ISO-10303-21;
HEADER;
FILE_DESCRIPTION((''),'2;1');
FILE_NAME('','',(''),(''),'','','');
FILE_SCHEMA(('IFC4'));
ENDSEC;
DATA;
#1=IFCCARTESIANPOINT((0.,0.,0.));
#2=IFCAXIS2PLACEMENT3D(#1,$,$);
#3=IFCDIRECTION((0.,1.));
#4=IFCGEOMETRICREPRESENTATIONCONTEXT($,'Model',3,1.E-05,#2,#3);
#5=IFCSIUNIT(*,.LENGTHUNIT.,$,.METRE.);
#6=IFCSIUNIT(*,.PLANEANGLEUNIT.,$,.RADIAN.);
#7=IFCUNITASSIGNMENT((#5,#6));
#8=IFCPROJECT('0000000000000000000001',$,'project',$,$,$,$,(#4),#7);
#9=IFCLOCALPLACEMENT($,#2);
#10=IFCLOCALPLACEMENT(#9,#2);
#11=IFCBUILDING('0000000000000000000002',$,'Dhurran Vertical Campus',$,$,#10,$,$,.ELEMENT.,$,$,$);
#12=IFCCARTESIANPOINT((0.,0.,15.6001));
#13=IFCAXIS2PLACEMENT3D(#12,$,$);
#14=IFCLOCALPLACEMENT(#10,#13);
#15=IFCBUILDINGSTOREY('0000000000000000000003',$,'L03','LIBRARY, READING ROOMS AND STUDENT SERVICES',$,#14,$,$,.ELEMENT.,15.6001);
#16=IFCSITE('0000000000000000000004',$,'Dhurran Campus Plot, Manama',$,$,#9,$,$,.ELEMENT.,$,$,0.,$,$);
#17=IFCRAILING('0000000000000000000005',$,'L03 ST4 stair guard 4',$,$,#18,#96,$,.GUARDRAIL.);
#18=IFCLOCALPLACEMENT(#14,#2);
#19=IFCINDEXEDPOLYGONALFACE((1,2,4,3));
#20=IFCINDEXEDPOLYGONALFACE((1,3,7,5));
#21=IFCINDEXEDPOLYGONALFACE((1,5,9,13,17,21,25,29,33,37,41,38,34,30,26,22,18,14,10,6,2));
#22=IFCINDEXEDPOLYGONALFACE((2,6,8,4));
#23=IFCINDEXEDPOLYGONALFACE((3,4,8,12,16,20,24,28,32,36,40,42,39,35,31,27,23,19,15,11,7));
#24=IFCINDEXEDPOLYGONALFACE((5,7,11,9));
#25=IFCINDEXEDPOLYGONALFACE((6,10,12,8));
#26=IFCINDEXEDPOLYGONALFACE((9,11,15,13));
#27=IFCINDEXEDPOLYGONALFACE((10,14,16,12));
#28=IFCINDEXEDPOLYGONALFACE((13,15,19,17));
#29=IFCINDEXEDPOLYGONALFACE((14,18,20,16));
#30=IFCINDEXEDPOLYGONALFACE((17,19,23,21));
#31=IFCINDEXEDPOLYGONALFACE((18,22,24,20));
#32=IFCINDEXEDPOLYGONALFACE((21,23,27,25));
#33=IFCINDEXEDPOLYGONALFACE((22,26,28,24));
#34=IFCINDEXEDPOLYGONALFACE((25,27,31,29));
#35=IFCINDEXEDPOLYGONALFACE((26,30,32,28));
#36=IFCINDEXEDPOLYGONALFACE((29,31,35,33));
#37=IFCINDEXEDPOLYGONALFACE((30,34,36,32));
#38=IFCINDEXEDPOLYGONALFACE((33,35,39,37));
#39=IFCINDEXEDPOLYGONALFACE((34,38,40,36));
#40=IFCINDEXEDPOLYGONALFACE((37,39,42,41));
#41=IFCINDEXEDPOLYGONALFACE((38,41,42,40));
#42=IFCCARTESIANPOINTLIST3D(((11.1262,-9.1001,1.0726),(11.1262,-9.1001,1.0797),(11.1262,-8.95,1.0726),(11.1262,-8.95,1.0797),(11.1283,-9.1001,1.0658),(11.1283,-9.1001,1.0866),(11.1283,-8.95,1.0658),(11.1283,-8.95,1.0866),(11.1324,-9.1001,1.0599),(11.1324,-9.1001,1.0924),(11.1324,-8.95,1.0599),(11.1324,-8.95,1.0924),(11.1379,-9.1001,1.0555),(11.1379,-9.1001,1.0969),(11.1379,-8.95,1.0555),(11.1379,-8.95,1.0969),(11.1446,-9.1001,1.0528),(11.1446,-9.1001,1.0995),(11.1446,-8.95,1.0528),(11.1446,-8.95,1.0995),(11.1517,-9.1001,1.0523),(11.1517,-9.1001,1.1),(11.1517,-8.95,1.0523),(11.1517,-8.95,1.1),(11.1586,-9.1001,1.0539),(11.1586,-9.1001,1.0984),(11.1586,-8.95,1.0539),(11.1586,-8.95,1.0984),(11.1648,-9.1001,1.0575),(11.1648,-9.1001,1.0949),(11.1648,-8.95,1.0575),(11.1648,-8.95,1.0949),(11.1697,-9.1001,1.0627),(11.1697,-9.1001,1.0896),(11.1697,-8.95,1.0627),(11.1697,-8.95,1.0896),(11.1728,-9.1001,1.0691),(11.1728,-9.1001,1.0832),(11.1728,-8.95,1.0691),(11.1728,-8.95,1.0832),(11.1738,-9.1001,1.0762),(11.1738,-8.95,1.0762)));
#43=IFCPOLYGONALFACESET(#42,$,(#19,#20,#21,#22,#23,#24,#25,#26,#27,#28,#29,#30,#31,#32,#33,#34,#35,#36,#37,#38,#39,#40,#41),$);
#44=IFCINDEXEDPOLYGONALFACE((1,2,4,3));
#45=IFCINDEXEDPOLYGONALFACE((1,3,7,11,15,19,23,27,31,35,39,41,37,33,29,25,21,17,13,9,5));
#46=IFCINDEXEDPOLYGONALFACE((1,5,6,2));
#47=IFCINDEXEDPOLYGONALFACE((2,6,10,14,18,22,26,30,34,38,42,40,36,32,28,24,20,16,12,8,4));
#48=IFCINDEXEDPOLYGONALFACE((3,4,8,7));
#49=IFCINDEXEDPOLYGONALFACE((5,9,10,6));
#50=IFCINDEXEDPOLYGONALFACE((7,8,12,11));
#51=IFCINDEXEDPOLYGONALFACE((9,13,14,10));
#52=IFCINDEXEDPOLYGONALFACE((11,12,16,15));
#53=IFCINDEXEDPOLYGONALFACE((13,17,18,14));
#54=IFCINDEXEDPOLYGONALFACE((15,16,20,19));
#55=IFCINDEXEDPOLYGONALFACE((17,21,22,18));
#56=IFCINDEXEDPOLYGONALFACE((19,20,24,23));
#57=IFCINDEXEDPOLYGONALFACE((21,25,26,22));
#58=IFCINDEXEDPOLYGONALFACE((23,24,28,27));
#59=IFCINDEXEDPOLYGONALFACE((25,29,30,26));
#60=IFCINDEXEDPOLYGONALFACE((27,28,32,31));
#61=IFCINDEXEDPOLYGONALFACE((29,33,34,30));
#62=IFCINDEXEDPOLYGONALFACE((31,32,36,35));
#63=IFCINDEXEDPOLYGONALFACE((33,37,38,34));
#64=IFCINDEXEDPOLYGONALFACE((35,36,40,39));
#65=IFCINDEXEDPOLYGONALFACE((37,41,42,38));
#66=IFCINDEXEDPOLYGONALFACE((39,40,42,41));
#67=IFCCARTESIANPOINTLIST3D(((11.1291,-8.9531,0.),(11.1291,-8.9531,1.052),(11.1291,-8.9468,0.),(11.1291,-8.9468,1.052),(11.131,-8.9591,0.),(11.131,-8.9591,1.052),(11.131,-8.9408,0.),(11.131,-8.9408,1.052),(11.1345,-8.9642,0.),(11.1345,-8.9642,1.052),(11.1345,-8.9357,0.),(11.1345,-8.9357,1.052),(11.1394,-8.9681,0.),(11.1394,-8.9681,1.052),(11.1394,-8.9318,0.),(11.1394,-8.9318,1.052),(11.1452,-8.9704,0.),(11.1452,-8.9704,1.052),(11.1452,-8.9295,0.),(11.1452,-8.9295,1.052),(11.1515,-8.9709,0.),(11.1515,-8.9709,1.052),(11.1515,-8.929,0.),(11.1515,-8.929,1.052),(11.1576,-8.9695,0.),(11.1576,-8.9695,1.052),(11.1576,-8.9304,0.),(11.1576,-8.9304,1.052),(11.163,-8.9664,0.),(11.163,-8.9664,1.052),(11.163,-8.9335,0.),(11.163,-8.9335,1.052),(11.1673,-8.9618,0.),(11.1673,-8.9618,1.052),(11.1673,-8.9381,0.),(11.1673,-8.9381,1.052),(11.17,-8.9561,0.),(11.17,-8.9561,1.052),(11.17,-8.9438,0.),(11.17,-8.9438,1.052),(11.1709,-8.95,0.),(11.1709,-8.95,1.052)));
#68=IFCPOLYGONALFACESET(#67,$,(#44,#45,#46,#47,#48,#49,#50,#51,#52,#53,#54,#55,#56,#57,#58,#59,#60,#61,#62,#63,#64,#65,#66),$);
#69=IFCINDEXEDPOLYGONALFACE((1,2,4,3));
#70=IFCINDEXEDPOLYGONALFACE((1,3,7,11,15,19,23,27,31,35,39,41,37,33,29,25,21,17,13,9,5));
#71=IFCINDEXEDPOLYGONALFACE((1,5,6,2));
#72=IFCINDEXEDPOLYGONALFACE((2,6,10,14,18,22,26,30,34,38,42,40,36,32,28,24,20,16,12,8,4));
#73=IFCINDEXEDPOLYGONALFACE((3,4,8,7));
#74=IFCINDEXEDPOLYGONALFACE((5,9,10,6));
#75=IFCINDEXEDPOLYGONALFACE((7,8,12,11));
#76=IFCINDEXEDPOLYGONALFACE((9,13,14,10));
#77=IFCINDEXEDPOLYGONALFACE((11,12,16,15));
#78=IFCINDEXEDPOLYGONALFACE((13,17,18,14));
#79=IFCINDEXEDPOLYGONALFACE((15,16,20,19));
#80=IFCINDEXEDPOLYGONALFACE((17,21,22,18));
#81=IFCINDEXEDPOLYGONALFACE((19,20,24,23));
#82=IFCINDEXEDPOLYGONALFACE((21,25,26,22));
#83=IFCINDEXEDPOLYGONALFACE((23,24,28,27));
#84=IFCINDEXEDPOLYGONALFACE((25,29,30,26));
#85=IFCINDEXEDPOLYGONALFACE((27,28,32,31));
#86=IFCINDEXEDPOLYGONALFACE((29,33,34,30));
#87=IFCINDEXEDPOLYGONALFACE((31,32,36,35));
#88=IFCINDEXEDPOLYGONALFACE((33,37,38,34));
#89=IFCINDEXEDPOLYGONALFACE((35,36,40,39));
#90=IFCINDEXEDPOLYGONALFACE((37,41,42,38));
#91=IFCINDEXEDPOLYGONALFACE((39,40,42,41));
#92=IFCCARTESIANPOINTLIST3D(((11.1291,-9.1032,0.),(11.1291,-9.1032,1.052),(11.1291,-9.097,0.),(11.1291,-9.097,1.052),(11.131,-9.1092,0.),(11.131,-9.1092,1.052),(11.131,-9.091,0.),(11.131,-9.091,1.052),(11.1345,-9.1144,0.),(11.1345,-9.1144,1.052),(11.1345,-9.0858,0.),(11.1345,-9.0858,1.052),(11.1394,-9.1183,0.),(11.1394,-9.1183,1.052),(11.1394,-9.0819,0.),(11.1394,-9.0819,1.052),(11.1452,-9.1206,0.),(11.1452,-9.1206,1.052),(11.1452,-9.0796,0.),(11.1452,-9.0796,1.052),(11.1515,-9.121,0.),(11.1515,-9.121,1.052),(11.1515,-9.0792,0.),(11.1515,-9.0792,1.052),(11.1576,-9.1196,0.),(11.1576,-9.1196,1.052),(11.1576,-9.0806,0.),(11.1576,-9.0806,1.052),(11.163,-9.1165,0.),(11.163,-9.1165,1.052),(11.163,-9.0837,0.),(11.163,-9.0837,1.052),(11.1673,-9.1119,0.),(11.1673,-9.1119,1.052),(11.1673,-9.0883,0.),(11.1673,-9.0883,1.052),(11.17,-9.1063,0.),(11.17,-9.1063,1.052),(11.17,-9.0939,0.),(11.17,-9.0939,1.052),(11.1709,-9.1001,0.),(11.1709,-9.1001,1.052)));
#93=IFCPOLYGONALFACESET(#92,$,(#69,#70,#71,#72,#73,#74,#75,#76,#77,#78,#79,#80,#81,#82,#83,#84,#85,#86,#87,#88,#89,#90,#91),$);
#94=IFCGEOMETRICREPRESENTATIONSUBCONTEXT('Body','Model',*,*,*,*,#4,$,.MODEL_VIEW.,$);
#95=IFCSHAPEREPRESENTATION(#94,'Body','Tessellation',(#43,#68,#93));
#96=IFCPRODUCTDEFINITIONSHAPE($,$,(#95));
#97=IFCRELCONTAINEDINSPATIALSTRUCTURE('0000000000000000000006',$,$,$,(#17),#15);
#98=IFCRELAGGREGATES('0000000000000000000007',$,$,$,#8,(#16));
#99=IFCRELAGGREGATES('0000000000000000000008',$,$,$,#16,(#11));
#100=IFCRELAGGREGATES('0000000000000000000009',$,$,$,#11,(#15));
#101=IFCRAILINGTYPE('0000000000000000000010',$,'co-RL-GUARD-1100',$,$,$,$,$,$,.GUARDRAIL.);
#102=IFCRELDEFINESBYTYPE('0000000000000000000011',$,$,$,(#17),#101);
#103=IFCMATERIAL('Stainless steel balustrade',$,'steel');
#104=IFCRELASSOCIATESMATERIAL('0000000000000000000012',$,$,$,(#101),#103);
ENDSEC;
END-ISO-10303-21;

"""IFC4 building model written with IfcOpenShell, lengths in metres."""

from ifc_helpers import new_model, si_unit, direction, frame, origin, origin_2d, place, context, subcontext, project, spatial, circle, extrude, material, type_object, element, save


model = new_model("IFC4")

# Units and contexts
model_context = context("Model", 3, precision=1e-05, world=origin(), true_north=direction((0.0, 1.0)))
body_context = subcontext(model_context, "Body", "Model", "MODEL_VIEW")
ifc_project = project(units=[si_unit("LENGTHUNIT", "METRE"), si_unit("PLANEANGLEUNIT", "RADIAN")], contexts=[model_context])

# Site, building, storey
site_placement = place(None, origin())
site = spatial("IfcSite", under=ifc_project, at=site_placement, Name="Dhurran Campus Plot, Manama", CompositionType="ELEMENT", RefElevation=0.0)
building_placement = place(site_placement, origin())
building = spatial("IfcBuilding", under=site, at=building_placement, Name="Dhurran Vertical Campus", CompositionType="ELEMENT")
storey_placement = place(building_placement, frame((0.0, 0.0, 15.6001)))
storey = spatial("IfcBuildingStorey", under=building, at=storey_placement, Name="L03", Description="LIBRARY, READING ROOMS AND STUDENT SERVICES", CompositionType="ELEMENT", Elevation=15.6001)

# Railing
ifc_material_1 = material(Name="Stainless steel balustrade", Category="steel")
railing_type_1 = type_object("IfcRailingType", Name="co-RL-GUARD-1100", PredefinedType="GUARDRAIL", material=ifc_material_1)
railing_1_placement = place(storey_placement, frame((11.1499, -8.95, 0.0)))
element("IfcRailing", 1, at=railing_1_placement, inside=storey, type_object=railing_type_1, Name="L03 ST4 stair guard 4", PredefinedType="GUARDRAIL", context=body_context, shape_type="SweptSolid", body=[
    extrude(circle(Radius=0.0239, at=origin_2d()), frame((0.0, 0.0, 1.0762), z_axis=(0.0, -1.0, 0.0), x_axis=(1.0, 0.0, 0.0)), (0.0, 0.0, 1.0), 0.1501),
    extrude(circle(Radius=0.021, at=origin_2d()), origin(), (0.0, 0.0, 1.0), 1.052),
    extrude(circle(Radius=0.021, at=origin_2d()), frame((0.0, -0.1501, 0.0)), (0.0, 0.0, 1.0), 1.052),
])

save(model, "model.ifc")
